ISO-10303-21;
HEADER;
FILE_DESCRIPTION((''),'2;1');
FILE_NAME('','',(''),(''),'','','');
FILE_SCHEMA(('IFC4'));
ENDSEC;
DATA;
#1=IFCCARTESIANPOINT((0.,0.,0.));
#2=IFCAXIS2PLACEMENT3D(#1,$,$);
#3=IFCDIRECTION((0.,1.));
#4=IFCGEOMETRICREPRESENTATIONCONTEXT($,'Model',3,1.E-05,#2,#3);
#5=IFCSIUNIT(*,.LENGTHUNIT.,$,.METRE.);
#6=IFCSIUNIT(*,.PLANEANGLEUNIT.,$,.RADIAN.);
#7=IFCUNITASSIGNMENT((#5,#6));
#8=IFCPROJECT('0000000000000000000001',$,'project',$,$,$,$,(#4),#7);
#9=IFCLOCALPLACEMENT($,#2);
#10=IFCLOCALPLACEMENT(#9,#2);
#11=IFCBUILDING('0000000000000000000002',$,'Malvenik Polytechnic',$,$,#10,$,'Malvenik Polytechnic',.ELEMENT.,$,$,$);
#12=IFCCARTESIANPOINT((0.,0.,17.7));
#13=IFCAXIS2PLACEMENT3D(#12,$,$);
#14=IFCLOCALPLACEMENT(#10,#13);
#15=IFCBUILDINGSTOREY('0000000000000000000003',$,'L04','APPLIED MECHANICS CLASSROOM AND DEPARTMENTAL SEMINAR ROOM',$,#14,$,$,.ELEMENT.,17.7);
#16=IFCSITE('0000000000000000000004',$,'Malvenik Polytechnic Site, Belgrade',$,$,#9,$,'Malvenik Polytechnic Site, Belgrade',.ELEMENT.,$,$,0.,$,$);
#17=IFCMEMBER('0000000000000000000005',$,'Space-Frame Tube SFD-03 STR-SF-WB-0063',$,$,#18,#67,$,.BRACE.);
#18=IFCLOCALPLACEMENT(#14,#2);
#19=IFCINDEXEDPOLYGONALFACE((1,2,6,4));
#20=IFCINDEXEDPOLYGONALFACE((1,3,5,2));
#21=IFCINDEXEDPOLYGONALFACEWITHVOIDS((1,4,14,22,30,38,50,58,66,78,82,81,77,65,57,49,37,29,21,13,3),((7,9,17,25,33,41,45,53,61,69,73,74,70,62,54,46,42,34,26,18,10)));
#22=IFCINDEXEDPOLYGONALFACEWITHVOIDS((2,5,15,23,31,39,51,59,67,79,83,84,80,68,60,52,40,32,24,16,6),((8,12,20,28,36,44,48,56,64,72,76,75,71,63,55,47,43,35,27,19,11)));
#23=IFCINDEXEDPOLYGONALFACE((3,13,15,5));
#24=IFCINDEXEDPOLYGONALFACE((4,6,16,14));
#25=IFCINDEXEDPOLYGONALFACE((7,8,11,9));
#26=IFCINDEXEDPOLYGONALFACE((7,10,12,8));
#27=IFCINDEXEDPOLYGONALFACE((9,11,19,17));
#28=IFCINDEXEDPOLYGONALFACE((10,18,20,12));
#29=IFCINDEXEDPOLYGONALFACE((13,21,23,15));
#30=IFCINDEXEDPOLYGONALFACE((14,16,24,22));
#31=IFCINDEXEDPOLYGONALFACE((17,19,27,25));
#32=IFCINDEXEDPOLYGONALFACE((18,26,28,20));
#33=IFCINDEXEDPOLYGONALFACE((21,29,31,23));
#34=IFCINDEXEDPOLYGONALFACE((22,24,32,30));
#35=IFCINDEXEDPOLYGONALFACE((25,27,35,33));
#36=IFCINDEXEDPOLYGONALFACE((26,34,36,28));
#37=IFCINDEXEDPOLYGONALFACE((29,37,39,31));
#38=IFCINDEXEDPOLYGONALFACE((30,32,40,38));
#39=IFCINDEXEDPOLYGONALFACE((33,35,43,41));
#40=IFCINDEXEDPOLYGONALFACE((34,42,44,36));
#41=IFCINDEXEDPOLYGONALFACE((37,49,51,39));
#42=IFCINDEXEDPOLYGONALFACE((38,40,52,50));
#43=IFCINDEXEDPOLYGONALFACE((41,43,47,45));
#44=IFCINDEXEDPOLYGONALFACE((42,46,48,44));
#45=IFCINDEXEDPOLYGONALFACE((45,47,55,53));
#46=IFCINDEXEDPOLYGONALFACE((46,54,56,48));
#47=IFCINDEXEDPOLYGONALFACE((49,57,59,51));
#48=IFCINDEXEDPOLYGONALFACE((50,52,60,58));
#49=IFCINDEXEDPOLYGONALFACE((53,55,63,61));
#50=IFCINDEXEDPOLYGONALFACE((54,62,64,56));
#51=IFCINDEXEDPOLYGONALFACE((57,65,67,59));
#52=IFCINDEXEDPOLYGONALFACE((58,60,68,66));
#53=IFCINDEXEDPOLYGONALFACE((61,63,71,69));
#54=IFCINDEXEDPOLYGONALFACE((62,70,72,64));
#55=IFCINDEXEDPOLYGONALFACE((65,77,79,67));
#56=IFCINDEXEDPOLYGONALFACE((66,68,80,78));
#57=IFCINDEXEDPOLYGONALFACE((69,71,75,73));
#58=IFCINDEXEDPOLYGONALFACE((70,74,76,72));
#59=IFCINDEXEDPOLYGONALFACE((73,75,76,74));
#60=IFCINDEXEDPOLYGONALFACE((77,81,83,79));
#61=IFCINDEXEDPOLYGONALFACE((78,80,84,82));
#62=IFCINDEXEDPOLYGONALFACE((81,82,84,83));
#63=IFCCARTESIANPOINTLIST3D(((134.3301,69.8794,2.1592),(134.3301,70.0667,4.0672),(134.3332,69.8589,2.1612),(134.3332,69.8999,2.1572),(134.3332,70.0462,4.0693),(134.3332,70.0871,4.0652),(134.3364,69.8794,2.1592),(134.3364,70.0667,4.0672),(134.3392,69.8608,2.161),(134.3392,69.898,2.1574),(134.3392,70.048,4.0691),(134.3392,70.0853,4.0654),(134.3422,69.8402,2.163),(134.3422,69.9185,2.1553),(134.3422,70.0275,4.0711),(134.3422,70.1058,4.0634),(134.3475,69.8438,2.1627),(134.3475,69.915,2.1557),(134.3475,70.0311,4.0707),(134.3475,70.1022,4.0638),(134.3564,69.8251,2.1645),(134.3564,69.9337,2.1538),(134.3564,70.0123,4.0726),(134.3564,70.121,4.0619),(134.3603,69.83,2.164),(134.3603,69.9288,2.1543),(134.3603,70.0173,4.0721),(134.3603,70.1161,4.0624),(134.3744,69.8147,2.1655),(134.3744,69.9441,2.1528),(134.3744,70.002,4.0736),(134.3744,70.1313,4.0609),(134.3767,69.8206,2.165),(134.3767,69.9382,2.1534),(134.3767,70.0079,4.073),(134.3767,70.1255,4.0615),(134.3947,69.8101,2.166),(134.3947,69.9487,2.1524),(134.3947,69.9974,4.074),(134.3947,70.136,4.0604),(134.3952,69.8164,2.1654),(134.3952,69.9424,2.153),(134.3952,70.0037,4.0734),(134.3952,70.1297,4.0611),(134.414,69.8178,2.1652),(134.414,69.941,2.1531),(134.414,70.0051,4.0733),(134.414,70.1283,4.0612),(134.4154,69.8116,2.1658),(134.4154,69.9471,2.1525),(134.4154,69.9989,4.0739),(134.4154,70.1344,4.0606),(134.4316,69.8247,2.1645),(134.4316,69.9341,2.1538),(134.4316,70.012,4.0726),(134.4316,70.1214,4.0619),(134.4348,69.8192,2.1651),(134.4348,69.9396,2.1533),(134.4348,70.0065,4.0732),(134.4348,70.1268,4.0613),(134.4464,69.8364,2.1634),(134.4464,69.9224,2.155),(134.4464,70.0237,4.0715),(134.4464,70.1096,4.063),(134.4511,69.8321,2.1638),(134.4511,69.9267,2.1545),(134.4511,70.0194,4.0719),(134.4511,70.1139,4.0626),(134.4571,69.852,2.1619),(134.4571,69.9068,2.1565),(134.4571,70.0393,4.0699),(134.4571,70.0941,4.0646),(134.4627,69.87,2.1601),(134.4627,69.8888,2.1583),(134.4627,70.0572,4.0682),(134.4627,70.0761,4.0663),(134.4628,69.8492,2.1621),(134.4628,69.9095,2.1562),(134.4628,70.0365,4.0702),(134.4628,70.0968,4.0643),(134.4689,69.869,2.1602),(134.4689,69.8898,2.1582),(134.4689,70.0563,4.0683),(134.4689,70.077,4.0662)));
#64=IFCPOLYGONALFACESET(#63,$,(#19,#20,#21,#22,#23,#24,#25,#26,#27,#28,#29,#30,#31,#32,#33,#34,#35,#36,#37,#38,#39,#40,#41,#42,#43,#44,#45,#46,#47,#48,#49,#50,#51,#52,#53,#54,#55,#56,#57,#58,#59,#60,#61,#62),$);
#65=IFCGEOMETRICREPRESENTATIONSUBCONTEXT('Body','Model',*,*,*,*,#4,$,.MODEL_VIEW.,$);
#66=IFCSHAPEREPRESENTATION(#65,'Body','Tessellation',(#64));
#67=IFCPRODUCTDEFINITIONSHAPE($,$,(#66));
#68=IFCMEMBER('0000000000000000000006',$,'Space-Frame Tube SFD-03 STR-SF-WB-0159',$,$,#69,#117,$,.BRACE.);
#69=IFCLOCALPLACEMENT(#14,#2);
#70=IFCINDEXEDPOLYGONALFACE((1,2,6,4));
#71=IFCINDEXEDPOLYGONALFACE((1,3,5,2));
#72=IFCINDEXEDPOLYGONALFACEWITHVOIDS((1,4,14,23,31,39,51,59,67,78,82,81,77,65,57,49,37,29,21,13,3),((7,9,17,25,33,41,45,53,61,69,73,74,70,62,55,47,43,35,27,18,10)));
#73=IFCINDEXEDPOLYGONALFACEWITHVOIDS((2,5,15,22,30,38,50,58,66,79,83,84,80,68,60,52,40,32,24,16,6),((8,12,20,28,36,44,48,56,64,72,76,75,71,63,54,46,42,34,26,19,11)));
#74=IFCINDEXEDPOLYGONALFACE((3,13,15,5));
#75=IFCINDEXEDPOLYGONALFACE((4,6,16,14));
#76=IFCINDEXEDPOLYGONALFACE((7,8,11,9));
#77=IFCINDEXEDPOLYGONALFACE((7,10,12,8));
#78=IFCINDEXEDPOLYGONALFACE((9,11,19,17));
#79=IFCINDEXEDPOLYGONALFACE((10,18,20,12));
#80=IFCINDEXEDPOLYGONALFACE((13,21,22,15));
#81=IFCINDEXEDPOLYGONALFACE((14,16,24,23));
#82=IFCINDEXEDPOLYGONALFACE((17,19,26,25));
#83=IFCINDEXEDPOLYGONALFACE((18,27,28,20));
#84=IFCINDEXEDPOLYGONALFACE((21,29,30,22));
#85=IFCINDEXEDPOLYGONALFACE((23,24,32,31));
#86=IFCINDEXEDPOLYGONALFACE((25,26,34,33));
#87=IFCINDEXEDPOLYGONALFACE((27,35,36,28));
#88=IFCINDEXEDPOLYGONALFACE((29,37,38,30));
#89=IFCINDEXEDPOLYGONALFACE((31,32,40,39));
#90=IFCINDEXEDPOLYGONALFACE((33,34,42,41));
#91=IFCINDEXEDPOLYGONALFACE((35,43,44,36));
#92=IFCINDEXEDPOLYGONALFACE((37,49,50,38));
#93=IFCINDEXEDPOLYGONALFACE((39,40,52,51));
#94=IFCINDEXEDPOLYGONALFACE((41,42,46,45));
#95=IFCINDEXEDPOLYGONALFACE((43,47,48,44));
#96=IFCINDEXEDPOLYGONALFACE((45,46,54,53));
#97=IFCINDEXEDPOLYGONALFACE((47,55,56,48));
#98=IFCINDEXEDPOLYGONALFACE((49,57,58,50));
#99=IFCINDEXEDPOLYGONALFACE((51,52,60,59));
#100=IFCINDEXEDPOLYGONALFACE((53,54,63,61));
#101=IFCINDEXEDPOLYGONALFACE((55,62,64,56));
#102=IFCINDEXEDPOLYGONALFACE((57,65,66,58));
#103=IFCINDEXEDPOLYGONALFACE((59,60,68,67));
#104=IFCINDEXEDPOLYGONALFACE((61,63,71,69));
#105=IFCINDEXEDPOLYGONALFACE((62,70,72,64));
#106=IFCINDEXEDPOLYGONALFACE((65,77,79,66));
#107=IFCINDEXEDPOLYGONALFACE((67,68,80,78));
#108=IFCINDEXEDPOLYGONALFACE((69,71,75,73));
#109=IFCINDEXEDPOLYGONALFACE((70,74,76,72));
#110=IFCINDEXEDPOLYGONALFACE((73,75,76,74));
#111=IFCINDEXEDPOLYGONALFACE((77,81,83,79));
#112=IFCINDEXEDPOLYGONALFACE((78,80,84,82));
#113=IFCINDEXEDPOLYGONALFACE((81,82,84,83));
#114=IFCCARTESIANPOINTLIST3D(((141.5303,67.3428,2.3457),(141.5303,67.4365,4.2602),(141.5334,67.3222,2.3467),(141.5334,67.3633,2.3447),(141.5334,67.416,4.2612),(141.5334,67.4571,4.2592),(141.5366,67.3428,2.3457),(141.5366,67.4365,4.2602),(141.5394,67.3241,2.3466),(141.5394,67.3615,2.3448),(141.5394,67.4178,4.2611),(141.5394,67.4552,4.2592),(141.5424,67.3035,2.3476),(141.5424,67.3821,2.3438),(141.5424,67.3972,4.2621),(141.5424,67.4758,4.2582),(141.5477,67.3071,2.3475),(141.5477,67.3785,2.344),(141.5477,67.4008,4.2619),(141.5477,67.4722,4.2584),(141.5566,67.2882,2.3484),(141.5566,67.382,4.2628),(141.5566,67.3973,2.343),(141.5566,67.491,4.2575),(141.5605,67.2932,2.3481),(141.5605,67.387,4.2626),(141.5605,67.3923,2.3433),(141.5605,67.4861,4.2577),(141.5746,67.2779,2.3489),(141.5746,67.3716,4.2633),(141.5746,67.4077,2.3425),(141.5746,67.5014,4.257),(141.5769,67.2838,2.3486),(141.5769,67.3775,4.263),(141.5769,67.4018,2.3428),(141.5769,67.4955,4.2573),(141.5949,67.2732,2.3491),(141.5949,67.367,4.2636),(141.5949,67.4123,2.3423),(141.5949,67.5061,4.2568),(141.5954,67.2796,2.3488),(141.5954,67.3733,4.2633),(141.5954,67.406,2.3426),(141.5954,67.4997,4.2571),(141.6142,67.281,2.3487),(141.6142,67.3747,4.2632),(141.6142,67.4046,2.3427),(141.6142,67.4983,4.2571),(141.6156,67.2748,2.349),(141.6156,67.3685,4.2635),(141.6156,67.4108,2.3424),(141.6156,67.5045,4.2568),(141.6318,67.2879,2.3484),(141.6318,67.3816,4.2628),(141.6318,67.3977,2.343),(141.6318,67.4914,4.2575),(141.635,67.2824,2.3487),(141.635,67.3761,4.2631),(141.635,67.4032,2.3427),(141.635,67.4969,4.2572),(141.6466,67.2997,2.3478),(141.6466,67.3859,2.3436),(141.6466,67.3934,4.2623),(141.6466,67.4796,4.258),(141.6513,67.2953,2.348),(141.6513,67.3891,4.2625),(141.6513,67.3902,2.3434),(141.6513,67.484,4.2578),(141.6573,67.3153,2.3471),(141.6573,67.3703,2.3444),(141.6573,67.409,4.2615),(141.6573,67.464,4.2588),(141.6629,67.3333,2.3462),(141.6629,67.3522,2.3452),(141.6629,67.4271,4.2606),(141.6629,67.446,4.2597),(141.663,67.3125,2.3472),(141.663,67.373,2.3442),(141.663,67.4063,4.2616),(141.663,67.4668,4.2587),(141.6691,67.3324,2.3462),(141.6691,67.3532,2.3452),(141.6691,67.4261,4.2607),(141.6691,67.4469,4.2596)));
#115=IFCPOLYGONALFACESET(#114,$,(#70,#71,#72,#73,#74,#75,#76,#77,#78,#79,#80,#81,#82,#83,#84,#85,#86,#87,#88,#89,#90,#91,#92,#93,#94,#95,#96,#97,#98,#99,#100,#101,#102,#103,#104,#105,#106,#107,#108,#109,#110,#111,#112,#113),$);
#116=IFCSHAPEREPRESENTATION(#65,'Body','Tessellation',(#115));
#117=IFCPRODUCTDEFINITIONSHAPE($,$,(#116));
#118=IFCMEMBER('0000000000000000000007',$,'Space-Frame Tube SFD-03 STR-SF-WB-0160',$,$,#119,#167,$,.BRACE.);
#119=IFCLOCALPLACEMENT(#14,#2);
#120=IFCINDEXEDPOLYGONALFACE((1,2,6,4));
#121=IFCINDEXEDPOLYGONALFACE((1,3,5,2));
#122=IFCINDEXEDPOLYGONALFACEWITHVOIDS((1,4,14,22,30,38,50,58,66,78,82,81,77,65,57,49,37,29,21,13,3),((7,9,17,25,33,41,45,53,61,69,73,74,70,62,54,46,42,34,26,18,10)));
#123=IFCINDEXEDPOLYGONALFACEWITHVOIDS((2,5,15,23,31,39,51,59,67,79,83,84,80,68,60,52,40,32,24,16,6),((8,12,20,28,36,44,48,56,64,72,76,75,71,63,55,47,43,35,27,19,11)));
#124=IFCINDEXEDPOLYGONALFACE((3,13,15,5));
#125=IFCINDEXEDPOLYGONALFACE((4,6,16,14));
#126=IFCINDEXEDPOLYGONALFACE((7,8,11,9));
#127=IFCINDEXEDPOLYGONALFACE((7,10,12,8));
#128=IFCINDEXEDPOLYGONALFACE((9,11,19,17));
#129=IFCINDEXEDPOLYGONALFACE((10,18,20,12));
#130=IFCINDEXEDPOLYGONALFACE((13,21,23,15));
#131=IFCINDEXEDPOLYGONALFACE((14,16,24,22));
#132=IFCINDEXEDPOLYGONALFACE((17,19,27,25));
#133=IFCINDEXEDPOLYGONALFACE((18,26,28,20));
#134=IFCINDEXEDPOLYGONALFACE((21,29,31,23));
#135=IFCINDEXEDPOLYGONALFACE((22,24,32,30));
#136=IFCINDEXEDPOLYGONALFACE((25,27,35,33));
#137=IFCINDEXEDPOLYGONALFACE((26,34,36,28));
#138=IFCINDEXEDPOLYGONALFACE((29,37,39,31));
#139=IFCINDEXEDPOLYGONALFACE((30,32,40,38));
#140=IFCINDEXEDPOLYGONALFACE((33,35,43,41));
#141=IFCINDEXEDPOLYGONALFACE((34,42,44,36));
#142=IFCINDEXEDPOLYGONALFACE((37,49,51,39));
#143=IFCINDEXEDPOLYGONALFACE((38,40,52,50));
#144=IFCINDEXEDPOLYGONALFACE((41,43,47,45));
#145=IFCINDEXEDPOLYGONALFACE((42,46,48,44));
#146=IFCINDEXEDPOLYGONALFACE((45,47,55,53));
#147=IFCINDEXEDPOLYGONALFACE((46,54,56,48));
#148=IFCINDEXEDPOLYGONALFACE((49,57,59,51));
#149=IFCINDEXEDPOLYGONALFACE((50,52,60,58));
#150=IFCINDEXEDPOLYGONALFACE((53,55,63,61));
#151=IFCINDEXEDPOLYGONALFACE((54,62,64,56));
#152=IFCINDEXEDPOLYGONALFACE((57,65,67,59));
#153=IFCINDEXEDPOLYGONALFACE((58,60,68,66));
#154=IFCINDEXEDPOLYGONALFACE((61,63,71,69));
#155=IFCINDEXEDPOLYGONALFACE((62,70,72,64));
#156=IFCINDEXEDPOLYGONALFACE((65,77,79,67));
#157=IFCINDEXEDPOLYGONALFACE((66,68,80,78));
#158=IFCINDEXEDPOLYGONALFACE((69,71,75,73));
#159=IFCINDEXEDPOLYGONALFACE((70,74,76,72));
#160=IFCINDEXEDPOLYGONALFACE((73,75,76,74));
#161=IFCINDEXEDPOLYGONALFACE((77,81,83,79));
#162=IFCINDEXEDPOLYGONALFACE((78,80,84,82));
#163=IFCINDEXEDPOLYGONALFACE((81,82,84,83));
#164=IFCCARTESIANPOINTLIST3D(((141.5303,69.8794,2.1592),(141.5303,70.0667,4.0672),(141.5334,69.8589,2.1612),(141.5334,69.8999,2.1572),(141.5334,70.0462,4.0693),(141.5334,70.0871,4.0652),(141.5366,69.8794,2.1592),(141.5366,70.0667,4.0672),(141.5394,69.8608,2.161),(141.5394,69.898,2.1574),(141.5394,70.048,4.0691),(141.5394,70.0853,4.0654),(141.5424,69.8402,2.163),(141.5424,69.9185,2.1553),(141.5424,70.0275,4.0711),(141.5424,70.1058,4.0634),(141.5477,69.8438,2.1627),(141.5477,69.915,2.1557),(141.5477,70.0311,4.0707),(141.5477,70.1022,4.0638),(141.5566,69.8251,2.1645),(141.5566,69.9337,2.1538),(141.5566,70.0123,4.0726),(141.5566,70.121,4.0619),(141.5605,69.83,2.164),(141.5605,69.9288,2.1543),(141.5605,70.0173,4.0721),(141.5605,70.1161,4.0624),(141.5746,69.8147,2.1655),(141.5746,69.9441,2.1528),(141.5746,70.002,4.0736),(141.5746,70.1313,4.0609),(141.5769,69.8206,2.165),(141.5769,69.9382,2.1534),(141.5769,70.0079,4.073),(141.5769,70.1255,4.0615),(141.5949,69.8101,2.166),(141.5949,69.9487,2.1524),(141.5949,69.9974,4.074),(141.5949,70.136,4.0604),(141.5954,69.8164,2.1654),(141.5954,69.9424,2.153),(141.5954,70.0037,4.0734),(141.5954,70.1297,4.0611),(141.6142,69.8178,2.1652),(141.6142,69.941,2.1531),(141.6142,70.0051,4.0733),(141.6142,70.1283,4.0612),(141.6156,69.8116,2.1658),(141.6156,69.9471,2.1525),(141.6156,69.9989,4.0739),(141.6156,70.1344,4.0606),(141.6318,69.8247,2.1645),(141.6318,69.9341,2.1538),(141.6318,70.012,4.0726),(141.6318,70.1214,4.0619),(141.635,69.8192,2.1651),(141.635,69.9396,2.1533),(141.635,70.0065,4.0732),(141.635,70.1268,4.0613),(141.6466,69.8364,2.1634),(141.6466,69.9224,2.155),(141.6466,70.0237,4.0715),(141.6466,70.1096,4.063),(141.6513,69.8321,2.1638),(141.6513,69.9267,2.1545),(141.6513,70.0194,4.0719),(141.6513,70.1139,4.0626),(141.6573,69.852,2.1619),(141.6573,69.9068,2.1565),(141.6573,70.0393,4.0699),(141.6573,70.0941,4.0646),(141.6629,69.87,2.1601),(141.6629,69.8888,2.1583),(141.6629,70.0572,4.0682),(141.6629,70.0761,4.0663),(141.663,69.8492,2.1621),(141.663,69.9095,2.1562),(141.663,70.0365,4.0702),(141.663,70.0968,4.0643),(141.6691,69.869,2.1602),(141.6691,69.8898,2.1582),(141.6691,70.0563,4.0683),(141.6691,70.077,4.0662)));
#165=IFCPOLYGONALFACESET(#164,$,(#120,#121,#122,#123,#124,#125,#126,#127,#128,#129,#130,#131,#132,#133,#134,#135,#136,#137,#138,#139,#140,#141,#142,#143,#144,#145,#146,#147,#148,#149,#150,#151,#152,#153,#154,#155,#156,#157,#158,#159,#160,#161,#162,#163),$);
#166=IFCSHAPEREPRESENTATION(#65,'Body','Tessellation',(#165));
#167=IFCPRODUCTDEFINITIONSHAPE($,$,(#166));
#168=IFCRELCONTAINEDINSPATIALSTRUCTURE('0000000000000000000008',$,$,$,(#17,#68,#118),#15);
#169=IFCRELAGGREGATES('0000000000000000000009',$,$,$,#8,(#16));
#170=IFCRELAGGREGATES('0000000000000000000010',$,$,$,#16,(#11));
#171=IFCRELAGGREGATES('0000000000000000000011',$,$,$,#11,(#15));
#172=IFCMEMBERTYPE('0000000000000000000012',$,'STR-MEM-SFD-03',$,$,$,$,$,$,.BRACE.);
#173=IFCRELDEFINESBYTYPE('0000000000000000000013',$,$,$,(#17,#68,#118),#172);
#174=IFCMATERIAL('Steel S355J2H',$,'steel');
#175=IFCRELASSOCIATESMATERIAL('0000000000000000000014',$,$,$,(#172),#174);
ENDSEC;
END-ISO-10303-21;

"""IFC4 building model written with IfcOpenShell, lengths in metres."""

from ifc_helpers import new_model, si_unit, direction, frame, origin, origin_2d, place, context, subcontext, project, spatial, hollow_circle, extrude, material, material_profile, profile_set, type_object, element, save


model = new_model("IFC4")

# Units and contexts
model_context = context("Model", 3, precision=1e-05, world=origin(), true_north=direction((0.0, 1.0)))
body_context = subcontext(model_context, "Body", "Model", "MODEL_VIEW")
ifc_project = project(units=[si_unit("LENGTHUNIT", "METRE"), si_unit("PLANEANGLEUNIT", "RADIAN")], contexts=[model_context])

# Site, building, storey
site_placement = place(None, origin())
site = spatial("IfcSite", under=ifc_project, at=site_placement, Name="Malvenik Polytechnic Site, Belgrade", LongName="Malvenik Polytechnic Site, Belgrade", CompositionType="ELEMENT", RefElevation=0.0)
building_placement = place(site_placement, origin())
building = spatial("IfcBuilding", under=site, at=building_placement, Name="Malvenik Polytechnic", LongName="Malvenik Polytechnic", CompositionType="ELEMENT")
storey_placement = place(building_placement, frame((0.0, 0.0, 17.7)))
storey = spatial("IfcBuildingStorey", under=building, at=storey_placement, Name="L04", Description="APPLIED MECHANICS CLASSROOM AND DEPARTMENTAL SEMINAR ROOM", CompositionType="ELEMENT", Elevation=17.7)

# Members
ifc_material = material(Name="Steel S355J2H", Category="steel")
ifc_material_profile_1 = material_profile(ifc_material, hollow_circle(Radius=0.0698, WallThickness=0.0063, at=origin_2d()), Name="CHS 139.7x6.3")
ifc_profile_set_1 = profile_set([ifc_material_profile_1], Name="Steel S355J2H")
member_type_1 = type_object("IfcMemberType", Name="STR-MEM-SFD-03", PredefinedType="BRACE", material=ifc_profile_set_1)
member_1_placement = place(storey_placement, frame((134.3999, 69.8794, 2.1592), z_axis=(0.0, 0.097675, 0.995218), x_axis=(-1.0, 0.0, 0.0)))
element("IfcMember", 1, at=member_1_placement, inside=storey, type_object=member_type_1, Name="Space-Frame Tube SFD-03 STR-SF-WB-0063", PredefinedType="BRACE", context=body_context, shape_type="SweptSolid", body=[
    extrude(hollow_circle(Radius=0.0698, WallThickness=0.0063, at=origin_2d()), origin(), (0.0, 0.0, 1.0), 1.9172),
])
member_2_placement = place(storey_placement, frame((141.6001, 67.3428, 2.3457), z_axis=(0.0, 0.048908, 0.998803), x_axis=(-1.0, 0.0, 0.0)))
element("IfcMember", 2, at=member_2_placement, inside=storey, type_object=member_type_1, Name="Space-Frame Tube SFD-03 STR-SF-WB-0159", PredefinedType="BRACE", context=body_context, shape_type="SweptSolid", body=[
    extrude(hollow_circle(Radius=0.0698, WallThickness=0.0063, at=origin_2d()), origin(), (0.0, 0.0, 1.0), 1.9167),
])
member_3_placement = place(storey_placement, frame((141.6001, 69.8794, 2.1592), z_axis=(0.0, 0.097675, 0.995218), x_axis=(-1.0, 0.0, 0.0)))
element("IfcMember", 3, at=member_3_placement, inside=storey, type_object=member_type_1, Name="Space-Frame Tube SFD-03 STR-SF-WB-0160", PredefinedType="BRACE", context=body_context, shape_type="SweptSolid", body=[
    extrude(hollow_circle(Radius=0.0698, WallThickness=0.0063, at=origin_2d()), origin(), (0.0, 0.0, 1.0), 1.9172),
])

save(model, "model.ifc")
